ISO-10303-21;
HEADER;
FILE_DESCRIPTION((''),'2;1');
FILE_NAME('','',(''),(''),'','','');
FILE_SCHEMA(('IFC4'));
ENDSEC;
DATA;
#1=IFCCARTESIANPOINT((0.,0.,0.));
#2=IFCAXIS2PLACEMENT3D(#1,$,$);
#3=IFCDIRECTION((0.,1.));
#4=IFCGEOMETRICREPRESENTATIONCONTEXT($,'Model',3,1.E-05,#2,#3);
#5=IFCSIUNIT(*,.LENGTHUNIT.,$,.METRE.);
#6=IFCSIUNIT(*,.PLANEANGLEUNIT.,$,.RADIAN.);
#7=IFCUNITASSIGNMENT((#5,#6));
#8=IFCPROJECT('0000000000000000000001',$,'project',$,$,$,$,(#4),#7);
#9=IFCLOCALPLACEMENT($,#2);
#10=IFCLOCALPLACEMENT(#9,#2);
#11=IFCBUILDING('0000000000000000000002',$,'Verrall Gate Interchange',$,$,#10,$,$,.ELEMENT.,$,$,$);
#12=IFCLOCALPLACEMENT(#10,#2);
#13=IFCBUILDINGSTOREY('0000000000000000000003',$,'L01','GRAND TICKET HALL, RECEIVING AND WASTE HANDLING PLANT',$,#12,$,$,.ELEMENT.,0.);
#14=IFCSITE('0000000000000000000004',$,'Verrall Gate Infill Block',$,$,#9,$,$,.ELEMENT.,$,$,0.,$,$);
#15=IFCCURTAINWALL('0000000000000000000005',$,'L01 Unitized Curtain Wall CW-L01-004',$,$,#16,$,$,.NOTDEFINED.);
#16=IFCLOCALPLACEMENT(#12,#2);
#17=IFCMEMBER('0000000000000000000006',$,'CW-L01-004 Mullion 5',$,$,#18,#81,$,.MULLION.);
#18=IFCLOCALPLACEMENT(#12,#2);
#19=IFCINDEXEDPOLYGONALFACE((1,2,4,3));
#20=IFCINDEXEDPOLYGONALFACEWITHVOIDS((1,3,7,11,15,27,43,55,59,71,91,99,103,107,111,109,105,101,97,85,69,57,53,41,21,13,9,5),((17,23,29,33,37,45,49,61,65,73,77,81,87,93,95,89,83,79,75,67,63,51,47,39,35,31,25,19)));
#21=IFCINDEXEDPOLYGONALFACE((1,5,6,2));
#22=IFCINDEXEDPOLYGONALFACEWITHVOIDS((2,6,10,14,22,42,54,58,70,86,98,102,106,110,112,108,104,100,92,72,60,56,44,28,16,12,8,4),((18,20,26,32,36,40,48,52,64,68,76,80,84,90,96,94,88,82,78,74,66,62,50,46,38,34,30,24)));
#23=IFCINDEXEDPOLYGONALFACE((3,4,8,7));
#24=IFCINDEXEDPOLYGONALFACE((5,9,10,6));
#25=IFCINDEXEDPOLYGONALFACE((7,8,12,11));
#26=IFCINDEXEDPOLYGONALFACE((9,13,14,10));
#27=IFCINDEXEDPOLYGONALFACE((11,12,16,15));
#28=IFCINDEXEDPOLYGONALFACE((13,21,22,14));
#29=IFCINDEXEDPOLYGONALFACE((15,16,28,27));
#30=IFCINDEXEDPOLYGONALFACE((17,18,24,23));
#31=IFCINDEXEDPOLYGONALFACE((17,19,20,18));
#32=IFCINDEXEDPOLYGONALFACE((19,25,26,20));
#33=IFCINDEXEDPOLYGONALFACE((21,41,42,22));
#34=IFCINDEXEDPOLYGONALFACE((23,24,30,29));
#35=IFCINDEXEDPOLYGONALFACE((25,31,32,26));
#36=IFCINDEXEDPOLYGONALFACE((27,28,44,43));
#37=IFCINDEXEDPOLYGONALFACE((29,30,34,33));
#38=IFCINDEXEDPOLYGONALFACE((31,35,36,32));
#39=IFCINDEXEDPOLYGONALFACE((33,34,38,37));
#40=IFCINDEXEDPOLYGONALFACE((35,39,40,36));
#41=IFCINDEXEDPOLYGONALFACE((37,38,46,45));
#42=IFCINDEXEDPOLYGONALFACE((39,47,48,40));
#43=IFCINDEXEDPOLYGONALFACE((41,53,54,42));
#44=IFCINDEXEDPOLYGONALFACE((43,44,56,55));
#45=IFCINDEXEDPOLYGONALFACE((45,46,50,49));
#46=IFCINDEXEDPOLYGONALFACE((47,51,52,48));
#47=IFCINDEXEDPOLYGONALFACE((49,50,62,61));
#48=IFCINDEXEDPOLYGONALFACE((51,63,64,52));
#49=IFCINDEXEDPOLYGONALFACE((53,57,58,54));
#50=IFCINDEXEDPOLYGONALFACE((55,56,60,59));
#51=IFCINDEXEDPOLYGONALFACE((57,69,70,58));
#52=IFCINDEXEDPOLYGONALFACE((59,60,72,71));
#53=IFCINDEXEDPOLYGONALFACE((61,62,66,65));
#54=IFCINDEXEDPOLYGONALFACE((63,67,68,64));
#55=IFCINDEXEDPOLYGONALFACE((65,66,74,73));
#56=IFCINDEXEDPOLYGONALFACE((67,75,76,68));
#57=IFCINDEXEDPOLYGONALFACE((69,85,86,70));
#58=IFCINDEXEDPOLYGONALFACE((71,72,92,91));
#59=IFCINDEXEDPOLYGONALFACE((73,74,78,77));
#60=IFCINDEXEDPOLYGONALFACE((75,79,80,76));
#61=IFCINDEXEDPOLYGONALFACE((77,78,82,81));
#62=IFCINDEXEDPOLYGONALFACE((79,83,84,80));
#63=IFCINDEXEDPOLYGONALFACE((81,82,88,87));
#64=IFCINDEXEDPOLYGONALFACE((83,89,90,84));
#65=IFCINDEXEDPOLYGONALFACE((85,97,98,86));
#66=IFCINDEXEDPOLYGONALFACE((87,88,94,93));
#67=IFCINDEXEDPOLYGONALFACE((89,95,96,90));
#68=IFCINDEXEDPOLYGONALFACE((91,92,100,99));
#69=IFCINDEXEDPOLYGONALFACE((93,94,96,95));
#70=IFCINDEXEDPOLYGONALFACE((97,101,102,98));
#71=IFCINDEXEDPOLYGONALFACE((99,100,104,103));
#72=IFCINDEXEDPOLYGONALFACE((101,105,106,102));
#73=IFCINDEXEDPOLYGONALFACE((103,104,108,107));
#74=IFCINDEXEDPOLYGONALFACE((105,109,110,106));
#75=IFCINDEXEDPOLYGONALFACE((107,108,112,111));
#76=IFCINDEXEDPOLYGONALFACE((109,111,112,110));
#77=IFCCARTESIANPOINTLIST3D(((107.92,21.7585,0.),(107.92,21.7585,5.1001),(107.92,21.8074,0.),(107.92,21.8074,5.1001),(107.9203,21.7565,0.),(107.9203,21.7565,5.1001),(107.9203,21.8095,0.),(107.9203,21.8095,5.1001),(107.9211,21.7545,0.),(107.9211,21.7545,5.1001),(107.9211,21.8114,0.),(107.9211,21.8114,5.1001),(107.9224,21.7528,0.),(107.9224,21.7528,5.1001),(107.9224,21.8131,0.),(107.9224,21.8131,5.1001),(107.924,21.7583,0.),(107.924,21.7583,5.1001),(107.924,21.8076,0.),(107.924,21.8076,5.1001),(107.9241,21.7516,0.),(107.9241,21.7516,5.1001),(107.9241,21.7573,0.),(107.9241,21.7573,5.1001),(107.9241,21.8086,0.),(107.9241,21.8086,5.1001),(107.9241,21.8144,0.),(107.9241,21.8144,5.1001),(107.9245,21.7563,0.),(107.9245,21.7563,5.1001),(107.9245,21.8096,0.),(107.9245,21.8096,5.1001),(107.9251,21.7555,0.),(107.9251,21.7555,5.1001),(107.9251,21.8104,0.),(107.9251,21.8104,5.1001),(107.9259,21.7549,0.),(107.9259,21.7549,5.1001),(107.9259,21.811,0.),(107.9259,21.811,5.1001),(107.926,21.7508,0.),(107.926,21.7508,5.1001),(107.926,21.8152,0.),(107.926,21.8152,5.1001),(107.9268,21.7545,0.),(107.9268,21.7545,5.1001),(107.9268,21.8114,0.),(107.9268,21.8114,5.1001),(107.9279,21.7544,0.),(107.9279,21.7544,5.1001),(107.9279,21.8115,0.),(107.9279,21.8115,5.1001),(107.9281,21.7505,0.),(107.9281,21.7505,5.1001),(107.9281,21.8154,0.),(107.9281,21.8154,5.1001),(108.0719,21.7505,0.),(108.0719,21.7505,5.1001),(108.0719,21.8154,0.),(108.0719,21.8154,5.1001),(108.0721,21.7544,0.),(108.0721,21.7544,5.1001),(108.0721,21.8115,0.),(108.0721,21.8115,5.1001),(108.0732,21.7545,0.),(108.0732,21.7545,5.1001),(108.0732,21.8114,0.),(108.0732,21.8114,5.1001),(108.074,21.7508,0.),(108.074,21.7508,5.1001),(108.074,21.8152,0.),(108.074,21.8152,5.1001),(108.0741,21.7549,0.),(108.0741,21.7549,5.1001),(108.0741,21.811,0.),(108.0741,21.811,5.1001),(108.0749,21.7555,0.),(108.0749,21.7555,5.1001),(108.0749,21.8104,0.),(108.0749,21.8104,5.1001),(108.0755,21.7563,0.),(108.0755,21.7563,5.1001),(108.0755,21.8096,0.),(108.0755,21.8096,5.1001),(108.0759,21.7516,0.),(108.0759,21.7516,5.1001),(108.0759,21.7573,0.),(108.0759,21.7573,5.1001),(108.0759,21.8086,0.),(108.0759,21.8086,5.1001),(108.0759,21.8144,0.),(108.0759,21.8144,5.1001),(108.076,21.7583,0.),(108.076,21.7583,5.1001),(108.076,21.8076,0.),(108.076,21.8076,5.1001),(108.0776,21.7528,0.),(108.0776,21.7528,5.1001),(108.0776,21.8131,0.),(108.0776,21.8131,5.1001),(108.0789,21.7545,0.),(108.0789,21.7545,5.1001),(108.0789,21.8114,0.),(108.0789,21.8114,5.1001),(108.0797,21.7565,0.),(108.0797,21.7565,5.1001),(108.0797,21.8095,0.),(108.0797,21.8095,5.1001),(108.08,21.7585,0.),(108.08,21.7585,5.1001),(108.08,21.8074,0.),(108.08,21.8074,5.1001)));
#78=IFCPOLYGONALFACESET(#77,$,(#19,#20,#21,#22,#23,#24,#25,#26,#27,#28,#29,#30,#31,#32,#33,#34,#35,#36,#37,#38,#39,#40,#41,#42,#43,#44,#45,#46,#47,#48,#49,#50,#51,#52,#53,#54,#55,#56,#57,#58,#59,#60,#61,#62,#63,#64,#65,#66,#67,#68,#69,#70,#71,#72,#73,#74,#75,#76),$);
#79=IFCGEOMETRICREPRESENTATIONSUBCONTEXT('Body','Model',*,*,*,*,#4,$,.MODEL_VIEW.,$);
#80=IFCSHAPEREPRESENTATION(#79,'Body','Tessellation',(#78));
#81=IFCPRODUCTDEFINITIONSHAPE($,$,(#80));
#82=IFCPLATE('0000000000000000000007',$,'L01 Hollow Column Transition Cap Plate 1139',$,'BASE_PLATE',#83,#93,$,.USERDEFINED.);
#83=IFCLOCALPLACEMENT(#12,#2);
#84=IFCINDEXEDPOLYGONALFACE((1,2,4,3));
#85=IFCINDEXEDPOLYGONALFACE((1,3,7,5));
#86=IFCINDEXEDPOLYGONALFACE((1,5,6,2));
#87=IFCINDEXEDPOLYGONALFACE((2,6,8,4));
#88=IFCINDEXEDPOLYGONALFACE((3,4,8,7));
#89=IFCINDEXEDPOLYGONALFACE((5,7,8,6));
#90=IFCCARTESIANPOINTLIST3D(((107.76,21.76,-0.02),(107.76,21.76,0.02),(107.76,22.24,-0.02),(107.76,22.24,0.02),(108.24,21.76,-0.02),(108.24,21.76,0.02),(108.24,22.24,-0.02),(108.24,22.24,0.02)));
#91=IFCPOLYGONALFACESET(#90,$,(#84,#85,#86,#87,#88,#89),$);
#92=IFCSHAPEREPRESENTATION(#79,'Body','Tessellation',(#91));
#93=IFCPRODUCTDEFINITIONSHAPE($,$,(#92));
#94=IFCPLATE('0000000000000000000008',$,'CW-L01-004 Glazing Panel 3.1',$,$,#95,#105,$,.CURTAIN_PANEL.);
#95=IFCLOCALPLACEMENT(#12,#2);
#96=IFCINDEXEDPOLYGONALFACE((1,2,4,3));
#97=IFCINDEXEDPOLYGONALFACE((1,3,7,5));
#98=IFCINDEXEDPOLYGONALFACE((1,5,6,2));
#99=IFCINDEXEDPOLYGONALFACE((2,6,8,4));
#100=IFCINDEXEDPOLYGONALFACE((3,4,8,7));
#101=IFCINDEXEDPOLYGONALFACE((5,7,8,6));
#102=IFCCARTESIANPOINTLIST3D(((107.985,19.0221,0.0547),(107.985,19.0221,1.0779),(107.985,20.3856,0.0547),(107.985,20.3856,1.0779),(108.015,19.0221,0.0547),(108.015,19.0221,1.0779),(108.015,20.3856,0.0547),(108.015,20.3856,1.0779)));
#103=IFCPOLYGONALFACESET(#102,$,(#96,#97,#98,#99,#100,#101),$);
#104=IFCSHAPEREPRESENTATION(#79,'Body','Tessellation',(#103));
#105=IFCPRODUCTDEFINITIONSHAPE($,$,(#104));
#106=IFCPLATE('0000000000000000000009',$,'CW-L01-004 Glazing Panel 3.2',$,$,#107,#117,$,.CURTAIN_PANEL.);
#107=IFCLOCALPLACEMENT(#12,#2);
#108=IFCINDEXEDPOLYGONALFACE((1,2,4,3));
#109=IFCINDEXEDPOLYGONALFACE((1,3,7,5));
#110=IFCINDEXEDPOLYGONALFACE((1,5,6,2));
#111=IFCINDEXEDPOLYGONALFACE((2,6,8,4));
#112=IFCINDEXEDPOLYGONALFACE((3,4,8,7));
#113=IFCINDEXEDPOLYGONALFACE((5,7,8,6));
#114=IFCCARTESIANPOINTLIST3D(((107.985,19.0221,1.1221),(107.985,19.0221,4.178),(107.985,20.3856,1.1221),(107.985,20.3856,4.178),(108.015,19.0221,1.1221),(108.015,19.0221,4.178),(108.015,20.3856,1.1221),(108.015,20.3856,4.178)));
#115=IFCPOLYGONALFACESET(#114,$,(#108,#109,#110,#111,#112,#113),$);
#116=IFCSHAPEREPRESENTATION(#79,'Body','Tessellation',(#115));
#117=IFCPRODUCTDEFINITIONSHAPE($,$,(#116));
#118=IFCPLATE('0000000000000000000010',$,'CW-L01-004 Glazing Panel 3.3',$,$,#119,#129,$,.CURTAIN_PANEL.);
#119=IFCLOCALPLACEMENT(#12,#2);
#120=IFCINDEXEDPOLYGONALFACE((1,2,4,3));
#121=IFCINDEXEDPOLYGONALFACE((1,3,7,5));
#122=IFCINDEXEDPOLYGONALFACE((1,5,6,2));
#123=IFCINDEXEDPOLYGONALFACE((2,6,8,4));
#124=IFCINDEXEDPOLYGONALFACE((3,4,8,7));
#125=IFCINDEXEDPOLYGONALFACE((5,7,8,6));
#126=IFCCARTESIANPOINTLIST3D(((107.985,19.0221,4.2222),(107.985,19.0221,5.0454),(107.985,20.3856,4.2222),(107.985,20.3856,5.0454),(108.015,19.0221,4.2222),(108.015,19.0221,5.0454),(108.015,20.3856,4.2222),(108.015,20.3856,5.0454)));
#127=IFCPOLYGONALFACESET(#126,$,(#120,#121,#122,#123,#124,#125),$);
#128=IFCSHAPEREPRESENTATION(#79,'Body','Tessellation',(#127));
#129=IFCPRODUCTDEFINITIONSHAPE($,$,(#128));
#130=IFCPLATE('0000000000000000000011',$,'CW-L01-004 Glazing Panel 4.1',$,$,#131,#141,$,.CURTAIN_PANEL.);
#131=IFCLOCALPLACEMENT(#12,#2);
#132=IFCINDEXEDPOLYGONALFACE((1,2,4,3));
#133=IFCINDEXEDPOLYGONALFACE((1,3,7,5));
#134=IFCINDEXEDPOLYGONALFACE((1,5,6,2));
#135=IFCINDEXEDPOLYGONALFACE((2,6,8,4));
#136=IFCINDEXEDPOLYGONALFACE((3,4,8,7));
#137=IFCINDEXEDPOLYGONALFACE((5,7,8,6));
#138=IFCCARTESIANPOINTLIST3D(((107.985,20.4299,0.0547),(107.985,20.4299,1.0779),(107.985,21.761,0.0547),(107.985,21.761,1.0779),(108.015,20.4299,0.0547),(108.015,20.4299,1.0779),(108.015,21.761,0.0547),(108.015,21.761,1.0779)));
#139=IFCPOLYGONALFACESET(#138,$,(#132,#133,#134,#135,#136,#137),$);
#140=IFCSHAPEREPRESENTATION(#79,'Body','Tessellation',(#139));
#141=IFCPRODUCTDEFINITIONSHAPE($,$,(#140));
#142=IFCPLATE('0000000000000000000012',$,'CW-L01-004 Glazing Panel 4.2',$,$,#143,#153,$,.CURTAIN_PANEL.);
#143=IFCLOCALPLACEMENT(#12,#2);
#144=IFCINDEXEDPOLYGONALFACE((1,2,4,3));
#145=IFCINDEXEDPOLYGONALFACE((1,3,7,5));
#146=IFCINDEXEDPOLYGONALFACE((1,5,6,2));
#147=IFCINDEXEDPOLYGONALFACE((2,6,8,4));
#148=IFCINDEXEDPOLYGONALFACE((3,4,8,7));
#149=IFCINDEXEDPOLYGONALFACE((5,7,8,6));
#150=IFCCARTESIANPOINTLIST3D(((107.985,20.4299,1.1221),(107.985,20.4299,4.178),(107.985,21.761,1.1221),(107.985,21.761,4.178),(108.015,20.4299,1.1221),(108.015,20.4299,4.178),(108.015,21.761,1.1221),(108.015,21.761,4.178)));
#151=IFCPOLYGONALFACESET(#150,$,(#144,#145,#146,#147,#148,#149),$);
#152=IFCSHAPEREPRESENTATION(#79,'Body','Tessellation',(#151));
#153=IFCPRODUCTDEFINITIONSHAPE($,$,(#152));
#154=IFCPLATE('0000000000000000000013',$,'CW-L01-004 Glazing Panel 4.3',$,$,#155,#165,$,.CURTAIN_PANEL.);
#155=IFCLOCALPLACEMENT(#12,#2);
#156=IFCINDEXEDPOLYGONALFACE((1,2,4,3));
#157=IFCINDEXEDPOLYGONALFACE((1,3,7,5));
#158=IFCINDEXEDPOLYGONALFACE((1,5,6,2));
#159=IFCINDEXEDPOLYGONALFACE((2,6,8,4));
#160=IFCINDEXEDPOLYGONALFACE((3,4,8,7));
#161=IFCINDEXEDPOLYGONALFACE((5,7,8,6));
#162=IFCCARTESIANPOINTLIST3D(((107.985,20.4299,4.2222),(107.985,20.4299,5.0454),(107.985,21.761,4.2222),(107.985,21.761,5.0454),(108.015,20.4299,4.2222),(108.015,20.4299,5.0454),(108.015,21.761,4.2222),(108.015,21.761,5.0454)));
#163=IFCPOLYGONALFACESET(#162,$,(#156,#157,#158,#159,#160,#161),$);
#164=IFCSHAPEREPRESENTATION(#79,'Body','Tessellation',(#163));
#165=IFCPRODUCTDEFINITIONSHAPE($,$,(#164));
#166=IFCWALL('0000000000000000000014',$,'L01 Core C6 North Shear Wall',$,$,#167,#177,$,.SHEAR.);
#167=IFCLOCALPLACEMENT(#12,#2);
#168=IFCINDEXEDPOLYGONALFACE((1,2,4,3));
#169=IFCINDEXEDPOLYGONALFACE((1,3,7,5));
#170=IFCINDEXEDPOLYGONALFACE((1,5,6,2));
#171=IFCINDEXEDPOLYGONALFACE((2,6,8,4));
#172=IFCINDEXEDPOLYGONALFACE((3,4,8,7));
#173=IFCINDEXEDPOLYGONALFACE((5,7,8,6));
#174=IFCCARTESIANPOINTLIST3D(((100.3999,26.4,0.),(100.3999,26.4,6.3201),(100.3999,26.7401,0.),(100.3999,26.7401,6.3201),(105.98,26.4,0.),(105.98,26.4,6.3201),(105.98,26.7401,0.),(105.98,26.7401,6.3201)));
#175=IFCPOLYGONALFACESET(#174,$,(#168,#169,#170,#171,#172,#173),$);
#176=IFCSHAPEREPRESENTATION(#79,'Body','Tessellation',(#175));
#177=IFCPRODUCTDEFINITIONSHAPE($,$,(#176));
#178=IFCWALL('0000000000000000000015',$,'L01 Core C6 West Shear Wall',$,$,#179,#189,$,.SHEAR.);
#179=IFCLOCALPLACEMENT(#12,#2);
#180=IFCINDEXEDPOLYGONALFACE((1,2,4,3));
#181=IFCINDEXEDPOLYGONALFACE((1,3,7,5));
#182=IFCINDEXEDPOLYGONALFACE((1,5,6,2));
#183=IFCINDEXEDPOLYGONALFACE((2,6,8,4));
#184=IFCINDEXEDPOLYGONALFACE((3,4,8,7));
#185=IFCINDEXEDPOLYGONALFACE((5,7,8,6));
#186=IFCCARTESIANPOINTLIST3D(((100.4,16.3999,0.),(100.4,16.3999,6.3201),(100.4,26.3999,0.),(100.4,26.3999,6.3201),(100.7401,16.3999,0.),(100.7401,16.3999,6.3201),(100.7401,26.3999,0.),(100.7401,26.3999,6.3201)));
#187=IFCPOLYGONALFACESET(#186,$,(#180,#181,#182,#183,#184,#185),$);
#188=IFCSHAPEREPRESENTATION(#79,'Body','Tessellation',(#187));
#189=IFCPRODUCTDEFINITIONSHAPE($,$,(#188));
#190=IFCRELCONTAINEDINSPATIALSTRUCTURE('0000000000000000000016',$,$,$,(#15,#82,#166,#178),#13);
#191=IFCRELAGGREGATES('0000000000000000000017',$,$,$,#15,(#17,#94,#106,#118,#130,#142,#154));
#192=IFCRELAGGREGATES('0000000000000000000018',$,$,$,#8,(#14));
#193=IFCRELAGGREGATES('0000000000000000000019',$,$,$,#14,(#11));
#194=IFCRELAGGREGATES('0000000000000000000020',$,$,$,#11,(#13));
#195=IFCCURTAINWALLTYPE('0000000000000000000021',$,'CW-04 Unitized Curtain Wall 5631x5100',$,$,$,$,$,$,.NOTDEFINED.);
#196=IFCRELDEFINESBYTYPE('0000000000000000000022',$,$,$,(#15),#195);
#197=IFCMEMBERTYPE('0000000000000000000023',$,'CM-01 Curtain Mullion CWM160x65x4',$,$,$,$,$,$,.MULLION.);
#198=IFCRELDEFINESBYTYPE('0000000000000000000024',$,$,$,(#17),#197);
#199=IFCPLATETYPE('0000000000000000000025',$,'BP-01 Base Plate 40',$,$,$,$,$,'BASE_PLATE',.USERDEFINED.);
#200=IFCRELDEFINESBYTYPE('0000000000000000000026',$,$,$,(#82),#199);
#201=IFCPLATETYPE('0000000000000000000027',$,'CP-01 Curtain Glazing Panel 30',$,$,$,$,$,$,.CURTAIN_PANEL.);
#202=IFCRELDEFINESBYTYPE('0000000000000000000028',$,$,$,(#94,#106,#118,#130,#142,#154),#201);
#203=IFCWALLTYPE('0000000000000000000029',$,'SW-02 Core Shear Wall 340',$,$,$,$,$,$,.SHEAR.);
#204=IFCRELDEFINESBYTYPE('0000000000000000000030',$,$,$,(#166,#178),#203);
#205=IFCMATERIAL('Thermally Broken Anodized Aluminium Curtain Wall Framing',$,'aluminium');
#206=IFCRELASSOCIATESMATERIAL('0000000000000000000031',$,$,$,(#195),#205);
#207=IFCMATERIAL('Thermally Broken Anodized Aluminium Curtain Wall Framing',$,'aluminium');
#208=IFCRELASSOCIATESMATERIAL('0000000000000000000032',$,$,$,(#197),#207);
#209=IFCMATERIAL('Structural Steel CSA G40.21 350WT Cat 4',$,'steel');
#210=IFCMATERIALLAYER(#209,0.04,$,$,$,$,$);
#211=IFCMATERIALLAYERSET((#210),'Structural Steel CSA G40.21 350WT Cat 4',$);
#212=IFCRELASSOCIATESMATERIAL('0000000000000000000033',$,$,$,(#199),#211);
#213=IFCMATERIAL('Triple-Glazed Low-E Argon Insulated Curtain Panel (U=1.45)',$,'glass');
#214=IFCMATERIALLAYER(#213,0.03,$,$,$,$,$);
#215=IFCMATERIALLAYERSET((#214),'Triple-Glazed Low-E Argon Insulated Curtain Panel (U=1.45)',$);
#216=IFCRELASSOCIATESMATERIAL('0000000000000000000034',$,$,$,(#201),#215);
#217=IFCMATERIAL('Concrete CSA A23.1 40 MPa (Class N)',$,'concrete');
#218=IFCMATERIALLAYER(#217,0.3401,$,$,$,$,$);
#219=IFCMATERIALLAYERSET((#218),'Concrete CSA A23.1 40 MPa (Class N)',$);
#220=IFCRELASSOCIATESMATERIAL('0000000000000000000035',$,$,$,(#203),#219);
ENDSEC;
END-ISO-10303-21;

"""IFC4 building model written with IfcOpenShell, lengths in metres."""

from ifc_helpers import new_model, si_unit, direction, frame, frame_2d, origin, origin_2d, place, context, subcontext, project, spatial, rectangle, hollow_rectangle, extrude, material, layer, layer_set, material_profile, profile_set, type_object, element, aggregate, save


model = new_model("IFC4")

# Units and contexts
model_context = context("Model", 3, precision=1e-05, world=origin(), true_north=direction((0.0, 1.0)))
body_context = subcontext(model_context, "Body", "Model", "MODEL_VIEW")
ifc_project = project(units=[si_unit("LENGTHUNIT", "METRE"), si_unit("PLANEANGLEUNIT", "RADIAN")], contexts=[model_context])

# Site, building, storey
site_placement = place(None, origin())
site = spatial("IfcSite", under=ifc_project, at=site_placement, Name="Verrall Gate Infill Block", CompositionType="ELEMENT", RefElevation=0.0)
building_placement = place(site_placement, origin())
building = spatial("IfcBuilding", under=site, at=building_placement, Name="Verrall Gate Interchange", CompositionType="ELEMENT")
storey_placement = place(building_placement, origin())
storey = spatial("IfcBuildingStorey", under=building, at=storey_placement, Name="L01", Description="GRAND TICKET HALL, RECEIVING AND WASTE HANDLING PLANT", CompositionType="ELEMENT", Elevation=0.0)

# Curtain wall, member
ifc_material_1 = material(Name="Thermally Broken Anodized Aluminium Curtain Wall Framing", Category="aluminium")
curtain_wall_type = type_object("IfcCurtainWallType", Name="CW-04 Unitized Curtain Wall 5631x5100", PredefinedType="NOTDEFINED", material=ifc_material_1)
curtain_wall_placement = place(storey_placement, origin())
curtain_wall = element("IfcCurtainWall", 1, at=curtain_wall_placement, inside=storey, type_object=curtain_wall_type, Name="L01 Unitized Curtain Wall CW-L01-004", PredefinedType="NOTDEFINED")
ifc_material_2 = material(Name="Thermally Broken Anodized Aluminium Curtain Wall Framing", Category="aluminium")
ifc_material_profile_1 = material_profile(ifc_material_2, hollow_rectangle(XDim=0.0649, YDim=0.1599, WallThickness=0.0039, InnerFilletRadius=0.0039, OuterFilletRadius=0.0081, at=origin_2d()), Name="CWM160x65x4")
ifc_profile_set_1 = profile_set([ifc_material_profile_1], Name="Thermally Broken Anodized Aluminium Curtain Wall Framing")
member_type = type_object("IfcMemberType", Name="CM-01 Curtain Mullion CWM160x65x4", PredefinedType="MULLION", material=ifc_profile_set_1)
member_1_placement = place(storey_placement, frame((108.0, 21.783, 0.0), z_axis=(0.0, 0.0, 1.0), x_axis=(0.0, 1.0, 0.0)))
member_1 = element("IfcMember", 2, at=member_1_placement, type_object=member_type, Name="CW-L01-004 Mullion 5", PredefinedType="MULLION", context=body_context, shape_type="SweptSolid", body=[
    extrude(hollow_rectangle(XDim=0.0649, YDim=0.1599, WallThickness=0.0039, InnerFilletRadius=0.0039, OuterFilletRadius=0.0081, at=origin_2d()), origin(), (0.0, 0.0, 1.0), 5.1001),
])

# Plates
ifc_material_3 = material(Name="Structural Steel CSA G40.21 350WT Cat 4", Category="steel")
ifc_layer_1 = layer(ifc_material_3, 0.04)
ifc_layer_set_1 = layer_set([ifc_layer_1], Name="Structural Steel CSA G40.21 350WT Cat 4")
plate_type_1 = type_object("IfcPlateType", Name="BP-01 Base Plate 40", ElementType="BASE_PLATE", PredefinedType="USERDEFINED", material=ifc_layer_set_1)
plate_1_placement = place(storey_placement, frame((108.0, 22.0, -0.02), z_axis=(0.0, 0.0, 1.0), x_axis=(1.0, 0.0, 0.0)))
element("IfcPlate", 3, at=plate_1_placement, inside=storey, type_object=plate_type_1, Name="L01 Hollow Column Transition Cap Plate 1139", ObjectType="BASE_PLATE", PredefinedType="USERDEFINED", context=body_context, shape_type="SweptSolid", body=[
    extrude(rectangle(XDim=0.48, YDim=0.48, at=origin_2d()), origin(), (0.0, 0.0, 1.0), 0.04),
])
ifc_material_4 = material(Name="Triple-Glazed Low-E Argon Insulated Curtain Panel (U=1.45)", Category="glass")
ifc_layer_2 = layer(ifc_material_4, 0.03)
ifc_layer_set_2 = layer_set([ifc_layer_2], Name="Triple-Glazed Low-E Argon Insulated Curtain Panel (U=1.45)")
plate_type_2 = type_object("IfcPlateType", Name="CP-01 Curtain Glazing Panel 30", PredefinedType="CURTAIN_PANEL", material=ifc_layer_set_2)
plate_2_placement = place(storey_placement, frame((108.0, 19.7039, 0.0547), z_axis=(0.0, 0.0, 1.0), x_axis=(0.0, 1.0, 0.0)))
plate_2 = element("IfcPlate", 4, at=plate_2_placement, type_object=plate_type_2, Name="CW-L01-004 Glazing Panel 3.1", PredefinedType="CURTAIN_PANEL", context=body_context, shape_type="SweptSolid", body=[
    extrude(rectangle(XDim=1.3635, YDim=0.03, at=origin_2d()), origin(), (0.0, 0.0, 1.0), 1.0232),
])
plate_3_placement = place(storey_placement, frame((108.0, 19.7039, 1.1221), z_axis=(0.0, 0.0, 1.0), x_axis=(0.0, 1.0, 0.0)))
plate_3 = element("IfcPlate", 5, at=plate_3_placement, type_object=plate_type_2, Name="CW-L01-004 Glazing Panel 3.2", PredefinedType="CURTAIN_PANEL", context=body_context, shape_type="SweptSolid", body=[
    extrude(rectangle(XDim=1.3635, YDim=0.03, at=origin_2d()), origin(), (0.0, 0.0, 1.0), 3.0559),
])
plate_4_placement = place(storey_placement, frame((108.0, 19.7039, 4.2222), z_axis=(0.0, 0.0, 1.0), x_axis=(0.0, 1.0, 0.0)))
plate_4 = element("IfcPlate", 6, at=plate_4_placement, type_object=plate_type_2, Name="CW-L01-004 Glazing Panel 3.3", PredefinedType="CURTAIN_PANEL", context=body_context, shape_type="SweptSolid", body=[
    extrude(rectangle(XDim=1.3635, YDim=0.03, at=origin_2d()), origin(), (0.0, 0.0, 1.0), 0.8232),
])
plate_5_placement = place(storey_placement, frame((108.0, 21.0955, 0.0547), z_axis=(0.0, 0.0, 1.0), x_axis=(0.0, 1.0, 0.0)))
plate_5 = element("IfcPlate", 7, at=plate_5_placement, type_object=plate_type_2, Name="CW-L01-004 Glazing Panel 4.1", PredefinedType="CURTAIN_PANEL", context=body_context, shape_type="SweptSolid", body=[
    extrude(rectangle(XDim=1.3311, YDim=0.03, at=origin_2d()), origin(), (0.0, 0.0, 1.0), 1.0232),
])
plate_6_placement = place(storey_placement, frame((108.0, 21.0955, 1.1221), z_axis=(0.0, 0.0, 1.0), x_axis=(0.0, 1.0, 0.0)))
plate_6 = element("IfcPlate", 8, at=plate_6_placement, type_object=plate_type_2, Name="CW-L01-004 Glazing Panel 4.2", PredefinedType="CURTAIN_PANEL", context=body_context, shape_type="SweptSolid", body=[
    extrude(rectangle(XDim=1.3311, YDim=0.03, at=origin_2d()), origin(), (0.0, 0.0, 1.0), 3.0559),
])
plate_7_placement = place(storey_placement, frame((108.0, 21.0955, 4.2222), z_axis=(0.0, 0.0, 1.0), x_axis=(0.0, 1.0, 0.0)))
plate_7 = element("IfcPlate", 9, at=plate_7_placement, type_object=plate_type_2, Name="CW-L01-004 Glazing Panel 4.3", PredefinedType="CURTAIN_PANEL", context=body_context, shape_type="SweptSolid", body=[
    extrude(rectangle(XDim=1.3311, YDim=0.03, at=origin_2d()), origin(), (0.0, 0.0, 1.0), 0.8232),
])
aggregate(curtain_wall, [member_1, plate_2, plate_3, plate_4, plate_5, plate_6, plate_7])

# Walls
ifc_material_5 = material(Name="Concrete CSA A23.1 40 MPa (Class N)", Category="concrete")
ifc_layer_3 = layer(ifc_material_5, 0.3401)
ifc_layer_set_3 = layer_set([ifc_layer_3], Name="Concrete CSA A23.1 40 MPa (Class N)")
wall_type = type_object("IfcWallType", Name="SW-02 Core Shear Wall 340", PredefinedType="SHEAR", material=ifc_layer_set_3)
wall_1_placement = place(storey_placement, frame((105.98, 26.5701, 0.0), z_axis=(0.0, 0.0, 1.0), x_axis=(-1.0, 0.0, 0.0)))
element("IfcWall", 10, at=wall_1_placement, inside=storey, type_object=wall_type, Name="L01 Core C6 North Shear Wall", PredefinedType="SHEAR", context=body_context, shape_type="SweptSolid", body=[
    extrude(rectangle(XDim=5.5801, YDim=0.3401, at=frame_2d((2.79, 0.0))), origin(), (0.0, 0.0, 1.0), 6.3201),
])
wall_2_placement = place(storey_placement, frame((100.5701, 26.3999, 0.0), z_axis=(0.0, 0.0, 1.0), x_axis=(0.0, -1.0, 0.0)))
element("IfcWall", 11, at=wall_2_placement, inside=storey, type_object=wall_type, Name="L01 Core C6 West Shear Wall", PredefinedType="SHEAR", context=body_context, shape_type="SweptSolid", body=[
    extrude(rectangle(XDim=10.0, YDim=0.3401, at=frame_2d((5.0, 0.0))), origin(), (0.0, 0.0, 1.0), 6.3201),
])

save(model, "model.ifc")
